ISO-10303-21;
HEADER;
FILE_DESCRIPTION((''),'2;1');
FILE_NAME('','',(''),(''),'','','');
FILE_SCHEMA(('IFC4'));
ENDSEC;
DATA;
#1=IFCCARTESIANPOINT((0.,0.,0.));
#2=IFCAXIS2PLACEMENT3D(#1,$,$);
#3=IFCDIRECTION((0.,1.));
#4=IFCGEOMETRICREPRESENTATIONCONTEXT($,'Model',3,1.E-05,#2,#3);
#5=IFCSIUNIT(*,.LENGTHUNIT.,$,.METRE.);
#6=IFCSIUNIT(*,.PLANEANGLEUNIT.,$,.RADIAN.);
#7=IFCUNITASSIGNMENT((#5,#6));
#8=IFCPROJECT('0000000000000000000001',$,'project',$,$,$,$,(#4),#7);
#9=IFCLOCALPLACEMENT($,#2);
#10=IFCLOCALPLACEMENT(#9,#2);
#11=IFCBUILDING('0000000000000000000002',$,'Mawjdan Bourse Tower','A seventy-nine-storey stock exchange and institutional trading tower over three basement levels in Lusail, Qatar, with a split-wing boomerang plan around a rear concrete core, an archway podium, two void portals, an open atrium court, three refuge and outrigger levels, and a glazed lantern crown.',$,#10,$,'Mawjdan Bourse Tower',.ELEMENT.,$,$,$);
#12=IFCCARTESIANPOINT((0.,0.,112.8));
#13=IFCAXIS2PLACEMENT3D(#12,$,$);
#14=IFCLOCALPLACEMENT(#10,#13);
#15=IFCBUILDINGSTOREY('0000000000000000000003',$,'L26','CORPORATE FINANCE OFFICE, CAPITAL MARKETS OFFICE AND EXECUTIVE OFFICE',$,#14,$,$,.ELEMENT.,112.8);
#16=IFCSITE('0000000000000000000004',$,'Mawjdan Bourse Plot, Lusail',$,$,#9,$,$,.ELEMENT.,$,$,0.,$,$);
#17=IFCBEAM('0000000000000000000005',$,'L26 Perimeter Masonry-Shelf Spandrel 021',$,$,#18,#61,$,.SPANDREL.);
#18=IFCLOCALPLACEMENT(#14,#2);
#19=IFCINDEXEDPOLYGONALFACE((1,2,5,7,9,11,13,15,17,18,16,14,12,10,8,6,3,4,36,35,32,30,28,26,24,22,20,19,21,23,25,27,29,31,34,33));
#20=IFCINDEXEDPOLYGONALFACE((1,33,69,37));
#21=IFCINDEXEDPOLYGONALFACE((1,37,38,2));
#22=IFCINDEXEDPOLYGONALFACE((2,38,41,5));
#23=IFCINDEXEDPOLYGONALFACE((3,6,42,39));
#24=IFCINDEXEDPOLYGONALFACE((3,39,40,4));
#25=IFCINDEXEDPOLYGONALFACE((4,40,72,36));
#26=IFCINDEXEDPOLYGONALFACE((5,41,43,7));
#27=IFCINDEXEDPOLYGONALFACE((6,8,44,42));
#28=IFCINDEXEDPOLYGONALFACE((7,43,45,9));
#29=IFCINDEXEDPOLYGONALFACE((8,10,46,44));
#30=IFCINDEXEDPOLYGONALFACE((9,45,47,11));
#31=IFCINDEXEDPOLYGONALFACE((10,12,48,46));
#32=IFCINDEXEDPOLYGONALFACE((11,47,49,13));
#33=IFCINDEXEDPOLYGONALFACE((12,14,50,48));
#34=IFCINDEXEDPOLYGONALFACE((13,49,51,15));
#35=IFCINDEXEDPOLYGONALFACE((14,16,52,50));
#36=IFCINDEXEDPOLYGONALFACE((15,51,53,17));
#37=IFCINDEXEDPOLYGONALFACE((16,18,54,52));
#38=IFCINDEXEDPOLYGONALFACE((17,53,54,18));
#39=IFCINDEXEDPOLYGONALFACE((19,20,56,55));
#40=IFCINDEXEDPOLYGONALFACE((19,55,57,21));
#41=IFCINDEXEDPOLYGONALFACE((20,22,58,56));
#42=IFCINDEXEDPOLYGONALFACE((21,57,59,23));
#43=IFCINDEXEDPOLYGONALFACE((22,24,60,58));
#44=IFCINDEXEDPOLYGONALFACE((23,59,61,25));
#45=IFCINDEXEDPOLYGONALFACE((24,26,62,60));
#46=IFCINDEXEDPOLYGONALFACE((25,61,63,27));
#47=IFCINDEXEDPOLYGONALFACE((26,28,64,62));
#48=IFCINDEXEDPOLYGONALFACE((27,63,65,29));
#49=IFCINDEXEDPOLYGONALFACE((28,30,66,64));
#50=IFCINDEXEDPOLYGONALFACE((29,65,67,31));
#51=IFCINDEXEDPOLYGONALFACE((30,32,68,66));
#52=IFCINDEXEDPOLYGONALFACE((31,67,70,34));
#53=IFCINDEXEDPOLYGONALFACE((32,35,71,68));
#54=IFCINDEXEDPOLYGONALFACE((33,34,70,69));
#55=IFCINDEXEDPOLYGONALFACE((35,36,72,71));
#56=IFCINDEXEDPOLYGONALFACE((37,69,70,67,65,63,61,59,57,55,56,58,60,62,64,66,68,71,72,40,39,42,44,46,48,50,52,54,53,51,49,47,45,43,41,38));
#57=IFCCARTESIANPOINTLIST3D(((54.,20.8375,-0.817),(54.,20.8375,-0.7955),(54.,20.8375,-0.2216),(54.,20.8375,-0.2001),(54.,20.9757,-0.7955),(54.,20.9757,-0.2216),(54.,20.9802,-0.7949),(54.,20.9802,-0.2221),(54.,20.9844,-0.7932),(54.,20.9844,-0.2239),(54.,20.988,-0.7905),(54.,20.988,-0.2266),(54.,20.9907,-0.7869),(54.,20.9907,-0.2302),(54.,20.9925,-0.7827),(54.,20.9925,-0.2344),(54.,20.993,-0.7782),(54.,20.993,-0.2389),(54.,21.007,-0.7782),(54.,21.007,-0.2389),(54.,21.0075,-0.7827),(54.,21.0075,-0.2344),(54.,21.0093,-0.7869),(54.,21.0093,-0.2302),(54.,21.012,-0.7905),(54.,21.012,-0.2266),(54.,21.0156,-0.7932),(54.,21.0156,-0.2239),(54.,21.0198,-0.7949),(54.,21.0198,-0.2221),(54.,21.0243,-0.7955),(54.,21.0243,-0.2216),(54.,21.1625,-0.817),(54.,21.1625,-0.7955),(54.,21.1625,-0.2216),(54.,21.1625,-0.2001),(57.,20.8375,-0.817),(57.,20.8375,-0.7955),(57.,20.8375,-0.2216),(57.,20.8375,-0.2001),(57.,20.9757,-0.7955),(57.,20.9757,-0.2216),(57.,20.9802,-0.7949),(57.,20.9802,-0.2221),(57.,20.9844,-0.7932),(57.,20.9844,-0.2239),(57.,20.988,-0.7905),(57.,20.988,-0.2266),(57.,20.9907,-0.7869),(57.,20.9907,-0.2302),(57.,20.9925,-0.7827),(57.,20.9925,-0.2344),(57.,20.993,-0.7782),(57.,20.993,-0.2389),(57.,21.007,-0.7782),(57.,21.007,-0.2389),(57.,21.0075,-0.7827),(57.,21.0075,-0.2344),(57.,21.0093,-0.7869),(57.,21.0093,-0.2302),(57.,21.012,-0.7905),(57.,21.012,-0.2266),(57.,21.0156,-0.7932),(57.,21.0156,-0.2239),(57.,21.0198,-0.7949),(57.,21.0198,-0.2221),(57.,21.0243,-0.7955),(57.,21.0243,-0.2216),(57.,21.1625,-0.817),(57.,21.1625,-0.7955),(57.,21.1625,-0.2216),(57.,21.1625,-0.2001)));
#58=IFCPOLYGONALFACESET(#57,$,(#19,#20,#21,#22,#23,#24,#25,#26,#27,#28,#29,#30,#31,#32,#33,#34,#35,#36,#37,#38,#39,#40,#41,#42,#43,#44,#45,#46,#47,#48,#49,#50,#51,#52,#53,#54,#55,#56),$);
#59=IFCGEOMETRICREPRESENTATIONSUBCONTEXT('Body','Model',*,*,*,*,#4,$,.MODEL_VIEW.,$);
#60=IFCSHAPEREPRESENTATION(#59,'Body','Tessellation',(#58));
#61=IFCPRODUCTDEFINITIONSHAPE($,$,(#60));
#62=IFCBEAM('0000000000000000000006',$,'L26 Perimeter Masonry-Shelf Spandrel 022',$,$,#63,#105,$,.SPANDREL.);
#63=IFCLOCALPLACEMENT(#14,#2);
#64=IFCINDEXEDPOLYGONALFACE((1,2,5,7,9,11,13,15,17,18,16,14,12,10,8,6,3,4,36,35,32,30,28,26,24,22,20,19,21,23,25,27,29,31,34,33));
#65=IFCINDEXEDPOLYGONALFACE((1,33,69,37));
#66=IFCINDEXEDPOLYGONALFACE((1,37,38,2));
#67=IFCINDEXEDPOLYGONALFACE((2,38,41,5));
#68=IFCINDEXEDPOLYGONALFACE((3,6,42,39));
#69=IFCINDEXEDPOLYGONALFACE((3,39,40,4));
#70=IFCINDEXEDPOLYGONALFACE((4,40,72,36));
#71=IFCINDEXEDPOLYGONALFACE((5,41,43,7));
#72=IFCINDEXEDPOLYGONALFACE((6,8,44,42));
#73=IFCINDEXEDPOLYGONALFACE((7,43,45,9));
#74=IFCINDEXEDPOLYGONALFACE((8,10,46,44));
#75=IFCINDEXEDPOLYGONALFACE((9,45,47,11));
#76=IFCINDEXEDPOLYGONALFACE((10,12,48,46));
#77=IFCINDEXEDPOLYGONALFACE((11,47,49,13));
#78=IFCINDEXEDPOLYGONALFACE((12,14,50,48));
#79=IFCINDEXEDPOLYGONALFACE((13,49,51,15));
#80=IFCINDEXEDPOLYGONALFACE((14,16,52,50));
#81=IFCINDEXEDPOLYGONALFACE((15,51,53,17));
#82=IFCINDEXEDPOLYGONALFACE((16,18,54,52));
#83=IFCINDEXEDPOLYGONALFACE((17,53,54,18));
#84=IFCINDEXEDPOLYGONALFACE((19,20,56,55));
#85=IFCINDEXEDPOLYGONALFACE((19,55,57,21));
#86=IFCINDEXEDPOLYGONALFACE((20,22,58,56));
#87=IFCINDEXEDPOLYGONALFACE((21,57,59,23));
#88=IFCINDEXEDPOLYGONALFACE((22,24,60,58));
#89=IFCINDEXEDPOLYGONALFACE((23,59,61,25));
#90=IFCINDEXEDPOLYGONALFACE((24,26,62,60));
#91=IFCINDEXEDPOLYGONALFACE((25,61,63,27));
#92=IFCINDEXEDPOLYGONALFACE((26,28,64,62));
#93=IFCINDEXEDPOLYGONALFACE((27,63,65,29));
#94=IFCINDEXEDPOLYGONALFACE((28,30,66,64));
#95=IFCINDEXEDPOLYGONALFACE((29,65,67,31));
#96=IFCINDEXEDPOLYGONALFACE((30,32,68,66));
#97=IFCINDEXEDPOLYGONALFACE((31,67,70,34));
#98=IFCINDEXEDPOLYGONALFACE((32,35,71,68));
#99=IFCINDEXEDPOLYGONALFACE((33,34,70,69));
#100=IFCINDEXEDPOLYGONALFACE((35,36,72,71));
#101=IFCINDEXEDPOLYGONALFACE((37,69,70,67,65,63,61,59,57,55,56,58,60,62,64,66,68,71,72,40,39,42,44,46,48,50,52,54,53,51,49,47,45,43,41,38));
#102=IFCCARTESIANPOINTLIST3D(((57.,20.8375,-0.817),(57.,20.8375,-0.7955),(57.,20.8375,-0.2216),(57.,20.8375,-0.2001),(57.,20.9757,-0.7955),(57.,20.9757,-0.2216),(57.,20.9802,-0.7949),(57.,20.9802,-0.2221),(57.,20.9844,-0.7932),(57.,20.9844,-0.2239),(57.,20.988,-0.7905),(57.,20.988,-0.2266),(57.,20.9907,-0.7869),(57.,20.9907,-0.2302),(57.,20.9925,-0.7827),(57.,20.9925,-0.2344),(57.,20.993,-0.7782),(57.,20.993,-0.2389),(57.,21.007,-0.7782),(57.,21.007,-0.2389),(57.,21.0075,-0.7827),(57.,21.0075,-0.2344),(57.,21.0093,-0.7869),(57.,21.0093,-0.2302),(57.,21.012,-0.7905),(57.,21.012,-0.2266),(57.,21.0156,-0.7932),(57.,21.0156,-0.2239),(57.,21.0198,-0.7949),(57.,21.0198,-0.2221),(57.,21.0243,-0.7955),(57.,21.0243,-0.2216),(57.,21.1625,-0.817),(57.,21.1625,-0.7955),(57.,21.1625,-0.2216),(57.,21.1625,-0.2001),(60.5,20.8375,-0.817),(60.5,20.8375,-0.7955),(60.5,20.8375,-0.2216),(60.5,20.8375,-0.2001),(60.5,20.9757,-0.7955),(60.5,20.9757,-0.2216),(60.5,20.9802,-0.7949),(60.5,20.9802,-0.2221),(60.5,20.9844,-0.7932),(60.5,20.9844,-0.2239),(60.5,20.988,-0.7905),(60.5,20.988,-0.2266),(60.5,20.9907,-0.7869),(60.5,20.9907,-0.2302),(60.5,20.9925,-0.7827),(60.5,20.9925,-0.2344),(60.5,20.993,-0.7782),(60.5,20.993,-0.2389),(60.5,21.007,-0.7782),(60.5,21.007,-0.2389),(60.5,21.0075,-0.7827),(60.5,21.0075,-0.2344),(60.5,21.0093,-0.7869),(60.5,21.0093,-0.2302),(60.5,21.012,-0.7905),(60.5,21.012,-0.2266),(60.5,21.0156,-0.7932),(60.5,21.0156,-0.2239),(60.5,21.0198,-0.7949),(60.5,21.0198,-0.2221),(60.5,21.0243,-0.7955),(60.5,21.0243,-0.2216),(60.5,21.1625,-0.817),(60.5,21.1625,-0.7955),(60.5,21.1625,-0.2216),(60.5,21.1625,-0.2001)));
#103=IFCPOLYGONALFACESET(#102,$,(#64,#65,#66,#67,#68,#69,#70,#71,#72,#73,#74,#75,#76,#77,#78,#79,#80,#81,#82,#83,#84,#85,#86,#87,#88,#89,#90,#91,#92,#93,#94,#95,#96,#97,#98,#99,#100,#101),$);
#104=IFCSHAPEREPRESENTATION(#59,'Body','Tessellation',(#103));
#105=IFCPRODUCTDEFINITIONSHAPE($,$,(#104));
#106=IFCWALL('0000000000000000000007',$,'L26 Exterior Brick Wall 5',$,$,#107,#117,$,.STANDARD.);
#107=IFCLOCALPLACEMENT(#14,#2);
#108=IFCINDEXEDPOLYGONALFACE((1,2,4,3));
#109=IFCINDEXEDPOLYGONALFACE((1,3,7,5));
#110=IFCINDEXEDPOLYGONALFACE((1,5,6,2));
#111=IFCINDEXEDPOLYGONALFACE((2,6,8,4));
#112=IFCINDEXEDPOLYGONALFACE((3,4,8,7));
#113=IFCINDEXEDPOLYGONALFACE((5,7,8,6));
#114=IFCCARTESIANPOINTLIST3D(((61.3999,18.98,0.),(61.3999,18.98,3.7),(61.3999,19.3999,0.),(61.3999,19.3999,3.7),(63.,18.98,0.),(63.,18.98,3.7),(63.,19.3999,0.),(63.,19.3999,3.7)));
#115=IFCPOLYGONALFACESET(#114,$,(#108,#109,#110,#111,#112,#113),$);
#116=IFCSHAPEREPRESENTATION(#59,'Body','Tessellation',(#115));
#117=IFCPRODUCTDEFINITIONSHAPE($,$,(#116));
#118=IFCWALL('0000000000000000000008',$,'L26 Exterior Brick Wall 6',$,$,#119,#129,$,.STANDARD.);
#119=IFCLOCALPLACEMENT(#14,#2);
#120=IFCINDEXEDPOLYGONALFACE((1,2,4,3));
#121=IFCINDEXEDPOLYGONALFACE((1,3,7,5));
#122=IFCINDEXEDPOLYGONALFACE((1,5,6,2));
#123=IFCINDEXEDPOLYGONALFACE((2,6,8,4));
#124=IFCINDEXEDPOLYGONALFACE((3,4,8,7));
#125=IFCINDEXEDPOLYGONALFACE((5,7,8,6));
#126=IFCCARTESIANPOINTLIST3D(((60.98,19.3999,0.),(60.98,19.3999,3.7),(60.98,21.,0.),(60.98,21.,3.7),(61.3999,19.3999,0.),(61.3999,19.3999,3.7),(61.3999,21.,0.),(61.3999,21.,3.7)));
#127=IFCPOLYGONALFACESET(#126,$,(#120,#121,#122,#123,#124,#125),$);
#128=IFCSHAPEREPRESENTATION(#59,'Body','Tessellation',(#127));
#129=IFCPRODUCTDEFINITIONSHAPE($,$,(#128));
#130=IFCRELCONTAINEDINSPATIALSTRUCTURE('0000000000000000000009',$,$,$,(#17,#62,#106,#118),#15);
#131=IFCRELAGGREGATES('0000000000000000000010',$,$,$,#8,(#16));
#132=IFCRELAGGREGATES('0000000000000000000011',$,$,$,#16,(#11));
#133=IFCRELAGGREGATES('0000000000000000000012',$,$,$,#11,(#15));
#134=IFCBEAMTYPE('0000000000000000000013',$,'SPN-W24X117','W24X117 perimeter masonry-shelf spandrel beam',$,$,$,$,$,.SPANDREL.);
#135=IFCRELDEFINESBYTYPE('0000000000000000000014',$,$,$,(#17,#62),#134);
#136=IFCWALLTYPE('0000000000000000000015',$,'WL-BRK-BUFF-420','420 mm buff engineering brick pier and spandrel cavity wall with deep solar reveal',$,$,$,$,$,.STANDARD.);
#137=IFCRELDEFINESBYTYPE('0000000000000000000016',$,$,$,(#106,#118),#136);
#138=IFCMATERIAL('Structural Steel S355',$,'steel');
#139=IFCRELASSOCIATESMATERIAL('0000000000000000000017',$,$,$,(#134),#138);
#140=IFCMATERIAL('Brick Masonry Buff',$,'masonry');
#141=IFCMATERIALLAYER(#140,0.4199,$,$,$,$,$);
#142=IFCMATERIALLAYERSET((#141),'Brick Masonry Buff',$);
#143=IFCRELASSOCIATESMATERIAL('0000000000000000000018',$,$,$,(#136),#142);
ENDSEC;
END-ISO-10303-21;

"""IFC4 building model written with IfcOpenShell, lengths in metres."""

from ifc_helpers import new_model, si_unit, direction, frame, frame_2d, origin, origin_2d, place, context, subcontext, project, spatial, rectangle, i_section, extrude, material, layer, layer_set, material_profile, profile_set, type_object, element, save


model = new_model("IFC4")

# Units and contexts
model_context = context("Model", 3, precision=1e-05, world=origin(), true_north=direction((0.0, 1.0)))
body_context = subcontext(model_context, "Body", "Model", "MODEL_VIEW")
ifc_project = project(units=[si_unit("LENGTHUNIT", "METRE"), si_unit("PLANEANGLEUNIT", "RADIAN")], contexts=[model_context])

# Site, building, storey
site_placement = place(None, origin())
site = spatial("IfcSite", under=ifc_project, at=site_placement, Name="Mawjdan Bourse Plot, Lusail", CompositionType="ELEMENT", RefElevation=0.0)
building_placement = place(site_placement, origin())
building = spatial("IfcBuilding", under=site, at=building_placement, Name="Mawjdan Bourse Tower", Description="A seventy-nine-storey stock exchange and institutional trading tower over three basement levels in Lusail, Qatar, with a split-wing boomerang plan around a rear concrete core, an archway podium, two void portals, an open atrium court, three refuge and outrigger levels, and a glazed lantern crown.", LongName="Mawjdan Bourse Tower", CompositionType="ELEMENT")
storey_placement = place(building_placement, frame((0.0, 0.0, 112.8)))
storey = spatial("IfcBuildingStorey", under=building, at=storey_placement, Name="L26", Description="CORPORATE FINANCE OFFICE, CAPITAL MARKETS OFFICE AND EXECUTIVE OFFICE", CompositionType="ELEMENT", Elevation=112.8)

# Beams
ifc_material_1 = material(Name="Structural Steel S355", Category="steel")
ifc_material_profile_1 = material_profile(ifc_material_1, i_section(OverallWidth=0.325, OverallDepth=0.6169, WebThickness=0.0139, FlangeThickness=0.0215, FilletRadius=0.0173, at=origin_2d()), Name="W24X117")
ifc_profile_set_1 = profile_set([ifc_material_profile_1], Name="Structural Steel S355")
beam_type_1 = type_object("IfcBeamType", Name="SPN-W24X117", Description="W24X117 perimeter masonry-shelf spandrel beam", PredefinedType="SPANDREL", material=ifc_profile_set_1)
for number, where, z_axis, x_axis, name in (
    (1, (54.0, 21.0, -0.5085), (1.0, 0.0, 0.0), (0.0, 1.0, 0.0), "L26 Perimeter Masonry-Shelf Spandrel 021"),
):
    element("IfcBeam", number, at=place(storey_placement, frame(where, z_axis=z_axis, x_axis=x_axis)), inside=storey, type_object=beam_type_1, Name=name, PredefinedType="SPANDREL", context=body_context, shape_type="SweptSolid", body=[
        extrude(i_section(OverallWidth=0.325, OverallDepth=0.6169, WebThickness=0.0139, FlangeThickness=0.0215, FilletRadius=0.0173, at=origin_2d()), origin(), (0.0, 0.0, 1.0), 3.0),
    ])
beam_1_placement = place(storey_placement, frame((57.0, 21.0, -0.5085), z_axis=(1.0, 0.0, 0.0), x_axis=(0.0, 1.0, 0.0)))
element("IfcBeam", 2, at=beam_1_placement, inside=storey, type_object=beam_type_1, Name="L26 Perimeter Masonry-Shelf Spandrel 022", PredefinedType="SPANDREL", context=body_context, shape_type="SweptSolid", body=[
    extrude(i_section(OverallWidth=0.325, OverallDepth=0.6169, WebThickness=0.0139, FlangeThickness=0.0215, FilletRadius=0.0173, at=origin_2d()), origin(), (0.0, 0.0, 1.0), 3.5),
])

# Walls
ifc_material_2 = material(Name="Brick Masonry Buff", Category="masonry")
ifc_layer = layer(ifc_material_2, 0.4199)
ifc_layer_set = layer_set([ifc_layer], Name="Brick Masonry Buff")
wall_type = type_object("IfcWallType", Name="WL-BRK-BUFF-420", Description="420 mm buff engineering brick pier and spandrel cavity wall with deep solar reveal", PredefinedType="STANDARD", material=ifc_layer_set)
for number, where, z_axis, x_axis, name in (
    (3, (63.0, 19.1899, 0.0), (0.0, 0.0, 1.0), (-1.0, 0.0, 0.0), "L26 Exterior Brick Wall 5"),
    (4, (61.1899, 19.3999, 0.0), (0.0, 0.0, 1.0), (0.0, 1.0, 0.0), "L26 Exterior Brick Wall 6"),
):
    element("IfcWall", number, at=place(storey_placement, frame(where, z_axis=z_axis, x_axis=x_axis)), inside=storey, type_object=wall_type, Name=name, PredefinedType="STANDARD", context=body_context, shape_type="SweptSolid", body=[
        extrude(rectangle(XDim=1.6001, YDim=0.4199, at=frame_2d((0.8, 0.0))), origin(), (0.0, 0.0, 1.0), 3.7),
    ])

save(model, "model.ifc")
